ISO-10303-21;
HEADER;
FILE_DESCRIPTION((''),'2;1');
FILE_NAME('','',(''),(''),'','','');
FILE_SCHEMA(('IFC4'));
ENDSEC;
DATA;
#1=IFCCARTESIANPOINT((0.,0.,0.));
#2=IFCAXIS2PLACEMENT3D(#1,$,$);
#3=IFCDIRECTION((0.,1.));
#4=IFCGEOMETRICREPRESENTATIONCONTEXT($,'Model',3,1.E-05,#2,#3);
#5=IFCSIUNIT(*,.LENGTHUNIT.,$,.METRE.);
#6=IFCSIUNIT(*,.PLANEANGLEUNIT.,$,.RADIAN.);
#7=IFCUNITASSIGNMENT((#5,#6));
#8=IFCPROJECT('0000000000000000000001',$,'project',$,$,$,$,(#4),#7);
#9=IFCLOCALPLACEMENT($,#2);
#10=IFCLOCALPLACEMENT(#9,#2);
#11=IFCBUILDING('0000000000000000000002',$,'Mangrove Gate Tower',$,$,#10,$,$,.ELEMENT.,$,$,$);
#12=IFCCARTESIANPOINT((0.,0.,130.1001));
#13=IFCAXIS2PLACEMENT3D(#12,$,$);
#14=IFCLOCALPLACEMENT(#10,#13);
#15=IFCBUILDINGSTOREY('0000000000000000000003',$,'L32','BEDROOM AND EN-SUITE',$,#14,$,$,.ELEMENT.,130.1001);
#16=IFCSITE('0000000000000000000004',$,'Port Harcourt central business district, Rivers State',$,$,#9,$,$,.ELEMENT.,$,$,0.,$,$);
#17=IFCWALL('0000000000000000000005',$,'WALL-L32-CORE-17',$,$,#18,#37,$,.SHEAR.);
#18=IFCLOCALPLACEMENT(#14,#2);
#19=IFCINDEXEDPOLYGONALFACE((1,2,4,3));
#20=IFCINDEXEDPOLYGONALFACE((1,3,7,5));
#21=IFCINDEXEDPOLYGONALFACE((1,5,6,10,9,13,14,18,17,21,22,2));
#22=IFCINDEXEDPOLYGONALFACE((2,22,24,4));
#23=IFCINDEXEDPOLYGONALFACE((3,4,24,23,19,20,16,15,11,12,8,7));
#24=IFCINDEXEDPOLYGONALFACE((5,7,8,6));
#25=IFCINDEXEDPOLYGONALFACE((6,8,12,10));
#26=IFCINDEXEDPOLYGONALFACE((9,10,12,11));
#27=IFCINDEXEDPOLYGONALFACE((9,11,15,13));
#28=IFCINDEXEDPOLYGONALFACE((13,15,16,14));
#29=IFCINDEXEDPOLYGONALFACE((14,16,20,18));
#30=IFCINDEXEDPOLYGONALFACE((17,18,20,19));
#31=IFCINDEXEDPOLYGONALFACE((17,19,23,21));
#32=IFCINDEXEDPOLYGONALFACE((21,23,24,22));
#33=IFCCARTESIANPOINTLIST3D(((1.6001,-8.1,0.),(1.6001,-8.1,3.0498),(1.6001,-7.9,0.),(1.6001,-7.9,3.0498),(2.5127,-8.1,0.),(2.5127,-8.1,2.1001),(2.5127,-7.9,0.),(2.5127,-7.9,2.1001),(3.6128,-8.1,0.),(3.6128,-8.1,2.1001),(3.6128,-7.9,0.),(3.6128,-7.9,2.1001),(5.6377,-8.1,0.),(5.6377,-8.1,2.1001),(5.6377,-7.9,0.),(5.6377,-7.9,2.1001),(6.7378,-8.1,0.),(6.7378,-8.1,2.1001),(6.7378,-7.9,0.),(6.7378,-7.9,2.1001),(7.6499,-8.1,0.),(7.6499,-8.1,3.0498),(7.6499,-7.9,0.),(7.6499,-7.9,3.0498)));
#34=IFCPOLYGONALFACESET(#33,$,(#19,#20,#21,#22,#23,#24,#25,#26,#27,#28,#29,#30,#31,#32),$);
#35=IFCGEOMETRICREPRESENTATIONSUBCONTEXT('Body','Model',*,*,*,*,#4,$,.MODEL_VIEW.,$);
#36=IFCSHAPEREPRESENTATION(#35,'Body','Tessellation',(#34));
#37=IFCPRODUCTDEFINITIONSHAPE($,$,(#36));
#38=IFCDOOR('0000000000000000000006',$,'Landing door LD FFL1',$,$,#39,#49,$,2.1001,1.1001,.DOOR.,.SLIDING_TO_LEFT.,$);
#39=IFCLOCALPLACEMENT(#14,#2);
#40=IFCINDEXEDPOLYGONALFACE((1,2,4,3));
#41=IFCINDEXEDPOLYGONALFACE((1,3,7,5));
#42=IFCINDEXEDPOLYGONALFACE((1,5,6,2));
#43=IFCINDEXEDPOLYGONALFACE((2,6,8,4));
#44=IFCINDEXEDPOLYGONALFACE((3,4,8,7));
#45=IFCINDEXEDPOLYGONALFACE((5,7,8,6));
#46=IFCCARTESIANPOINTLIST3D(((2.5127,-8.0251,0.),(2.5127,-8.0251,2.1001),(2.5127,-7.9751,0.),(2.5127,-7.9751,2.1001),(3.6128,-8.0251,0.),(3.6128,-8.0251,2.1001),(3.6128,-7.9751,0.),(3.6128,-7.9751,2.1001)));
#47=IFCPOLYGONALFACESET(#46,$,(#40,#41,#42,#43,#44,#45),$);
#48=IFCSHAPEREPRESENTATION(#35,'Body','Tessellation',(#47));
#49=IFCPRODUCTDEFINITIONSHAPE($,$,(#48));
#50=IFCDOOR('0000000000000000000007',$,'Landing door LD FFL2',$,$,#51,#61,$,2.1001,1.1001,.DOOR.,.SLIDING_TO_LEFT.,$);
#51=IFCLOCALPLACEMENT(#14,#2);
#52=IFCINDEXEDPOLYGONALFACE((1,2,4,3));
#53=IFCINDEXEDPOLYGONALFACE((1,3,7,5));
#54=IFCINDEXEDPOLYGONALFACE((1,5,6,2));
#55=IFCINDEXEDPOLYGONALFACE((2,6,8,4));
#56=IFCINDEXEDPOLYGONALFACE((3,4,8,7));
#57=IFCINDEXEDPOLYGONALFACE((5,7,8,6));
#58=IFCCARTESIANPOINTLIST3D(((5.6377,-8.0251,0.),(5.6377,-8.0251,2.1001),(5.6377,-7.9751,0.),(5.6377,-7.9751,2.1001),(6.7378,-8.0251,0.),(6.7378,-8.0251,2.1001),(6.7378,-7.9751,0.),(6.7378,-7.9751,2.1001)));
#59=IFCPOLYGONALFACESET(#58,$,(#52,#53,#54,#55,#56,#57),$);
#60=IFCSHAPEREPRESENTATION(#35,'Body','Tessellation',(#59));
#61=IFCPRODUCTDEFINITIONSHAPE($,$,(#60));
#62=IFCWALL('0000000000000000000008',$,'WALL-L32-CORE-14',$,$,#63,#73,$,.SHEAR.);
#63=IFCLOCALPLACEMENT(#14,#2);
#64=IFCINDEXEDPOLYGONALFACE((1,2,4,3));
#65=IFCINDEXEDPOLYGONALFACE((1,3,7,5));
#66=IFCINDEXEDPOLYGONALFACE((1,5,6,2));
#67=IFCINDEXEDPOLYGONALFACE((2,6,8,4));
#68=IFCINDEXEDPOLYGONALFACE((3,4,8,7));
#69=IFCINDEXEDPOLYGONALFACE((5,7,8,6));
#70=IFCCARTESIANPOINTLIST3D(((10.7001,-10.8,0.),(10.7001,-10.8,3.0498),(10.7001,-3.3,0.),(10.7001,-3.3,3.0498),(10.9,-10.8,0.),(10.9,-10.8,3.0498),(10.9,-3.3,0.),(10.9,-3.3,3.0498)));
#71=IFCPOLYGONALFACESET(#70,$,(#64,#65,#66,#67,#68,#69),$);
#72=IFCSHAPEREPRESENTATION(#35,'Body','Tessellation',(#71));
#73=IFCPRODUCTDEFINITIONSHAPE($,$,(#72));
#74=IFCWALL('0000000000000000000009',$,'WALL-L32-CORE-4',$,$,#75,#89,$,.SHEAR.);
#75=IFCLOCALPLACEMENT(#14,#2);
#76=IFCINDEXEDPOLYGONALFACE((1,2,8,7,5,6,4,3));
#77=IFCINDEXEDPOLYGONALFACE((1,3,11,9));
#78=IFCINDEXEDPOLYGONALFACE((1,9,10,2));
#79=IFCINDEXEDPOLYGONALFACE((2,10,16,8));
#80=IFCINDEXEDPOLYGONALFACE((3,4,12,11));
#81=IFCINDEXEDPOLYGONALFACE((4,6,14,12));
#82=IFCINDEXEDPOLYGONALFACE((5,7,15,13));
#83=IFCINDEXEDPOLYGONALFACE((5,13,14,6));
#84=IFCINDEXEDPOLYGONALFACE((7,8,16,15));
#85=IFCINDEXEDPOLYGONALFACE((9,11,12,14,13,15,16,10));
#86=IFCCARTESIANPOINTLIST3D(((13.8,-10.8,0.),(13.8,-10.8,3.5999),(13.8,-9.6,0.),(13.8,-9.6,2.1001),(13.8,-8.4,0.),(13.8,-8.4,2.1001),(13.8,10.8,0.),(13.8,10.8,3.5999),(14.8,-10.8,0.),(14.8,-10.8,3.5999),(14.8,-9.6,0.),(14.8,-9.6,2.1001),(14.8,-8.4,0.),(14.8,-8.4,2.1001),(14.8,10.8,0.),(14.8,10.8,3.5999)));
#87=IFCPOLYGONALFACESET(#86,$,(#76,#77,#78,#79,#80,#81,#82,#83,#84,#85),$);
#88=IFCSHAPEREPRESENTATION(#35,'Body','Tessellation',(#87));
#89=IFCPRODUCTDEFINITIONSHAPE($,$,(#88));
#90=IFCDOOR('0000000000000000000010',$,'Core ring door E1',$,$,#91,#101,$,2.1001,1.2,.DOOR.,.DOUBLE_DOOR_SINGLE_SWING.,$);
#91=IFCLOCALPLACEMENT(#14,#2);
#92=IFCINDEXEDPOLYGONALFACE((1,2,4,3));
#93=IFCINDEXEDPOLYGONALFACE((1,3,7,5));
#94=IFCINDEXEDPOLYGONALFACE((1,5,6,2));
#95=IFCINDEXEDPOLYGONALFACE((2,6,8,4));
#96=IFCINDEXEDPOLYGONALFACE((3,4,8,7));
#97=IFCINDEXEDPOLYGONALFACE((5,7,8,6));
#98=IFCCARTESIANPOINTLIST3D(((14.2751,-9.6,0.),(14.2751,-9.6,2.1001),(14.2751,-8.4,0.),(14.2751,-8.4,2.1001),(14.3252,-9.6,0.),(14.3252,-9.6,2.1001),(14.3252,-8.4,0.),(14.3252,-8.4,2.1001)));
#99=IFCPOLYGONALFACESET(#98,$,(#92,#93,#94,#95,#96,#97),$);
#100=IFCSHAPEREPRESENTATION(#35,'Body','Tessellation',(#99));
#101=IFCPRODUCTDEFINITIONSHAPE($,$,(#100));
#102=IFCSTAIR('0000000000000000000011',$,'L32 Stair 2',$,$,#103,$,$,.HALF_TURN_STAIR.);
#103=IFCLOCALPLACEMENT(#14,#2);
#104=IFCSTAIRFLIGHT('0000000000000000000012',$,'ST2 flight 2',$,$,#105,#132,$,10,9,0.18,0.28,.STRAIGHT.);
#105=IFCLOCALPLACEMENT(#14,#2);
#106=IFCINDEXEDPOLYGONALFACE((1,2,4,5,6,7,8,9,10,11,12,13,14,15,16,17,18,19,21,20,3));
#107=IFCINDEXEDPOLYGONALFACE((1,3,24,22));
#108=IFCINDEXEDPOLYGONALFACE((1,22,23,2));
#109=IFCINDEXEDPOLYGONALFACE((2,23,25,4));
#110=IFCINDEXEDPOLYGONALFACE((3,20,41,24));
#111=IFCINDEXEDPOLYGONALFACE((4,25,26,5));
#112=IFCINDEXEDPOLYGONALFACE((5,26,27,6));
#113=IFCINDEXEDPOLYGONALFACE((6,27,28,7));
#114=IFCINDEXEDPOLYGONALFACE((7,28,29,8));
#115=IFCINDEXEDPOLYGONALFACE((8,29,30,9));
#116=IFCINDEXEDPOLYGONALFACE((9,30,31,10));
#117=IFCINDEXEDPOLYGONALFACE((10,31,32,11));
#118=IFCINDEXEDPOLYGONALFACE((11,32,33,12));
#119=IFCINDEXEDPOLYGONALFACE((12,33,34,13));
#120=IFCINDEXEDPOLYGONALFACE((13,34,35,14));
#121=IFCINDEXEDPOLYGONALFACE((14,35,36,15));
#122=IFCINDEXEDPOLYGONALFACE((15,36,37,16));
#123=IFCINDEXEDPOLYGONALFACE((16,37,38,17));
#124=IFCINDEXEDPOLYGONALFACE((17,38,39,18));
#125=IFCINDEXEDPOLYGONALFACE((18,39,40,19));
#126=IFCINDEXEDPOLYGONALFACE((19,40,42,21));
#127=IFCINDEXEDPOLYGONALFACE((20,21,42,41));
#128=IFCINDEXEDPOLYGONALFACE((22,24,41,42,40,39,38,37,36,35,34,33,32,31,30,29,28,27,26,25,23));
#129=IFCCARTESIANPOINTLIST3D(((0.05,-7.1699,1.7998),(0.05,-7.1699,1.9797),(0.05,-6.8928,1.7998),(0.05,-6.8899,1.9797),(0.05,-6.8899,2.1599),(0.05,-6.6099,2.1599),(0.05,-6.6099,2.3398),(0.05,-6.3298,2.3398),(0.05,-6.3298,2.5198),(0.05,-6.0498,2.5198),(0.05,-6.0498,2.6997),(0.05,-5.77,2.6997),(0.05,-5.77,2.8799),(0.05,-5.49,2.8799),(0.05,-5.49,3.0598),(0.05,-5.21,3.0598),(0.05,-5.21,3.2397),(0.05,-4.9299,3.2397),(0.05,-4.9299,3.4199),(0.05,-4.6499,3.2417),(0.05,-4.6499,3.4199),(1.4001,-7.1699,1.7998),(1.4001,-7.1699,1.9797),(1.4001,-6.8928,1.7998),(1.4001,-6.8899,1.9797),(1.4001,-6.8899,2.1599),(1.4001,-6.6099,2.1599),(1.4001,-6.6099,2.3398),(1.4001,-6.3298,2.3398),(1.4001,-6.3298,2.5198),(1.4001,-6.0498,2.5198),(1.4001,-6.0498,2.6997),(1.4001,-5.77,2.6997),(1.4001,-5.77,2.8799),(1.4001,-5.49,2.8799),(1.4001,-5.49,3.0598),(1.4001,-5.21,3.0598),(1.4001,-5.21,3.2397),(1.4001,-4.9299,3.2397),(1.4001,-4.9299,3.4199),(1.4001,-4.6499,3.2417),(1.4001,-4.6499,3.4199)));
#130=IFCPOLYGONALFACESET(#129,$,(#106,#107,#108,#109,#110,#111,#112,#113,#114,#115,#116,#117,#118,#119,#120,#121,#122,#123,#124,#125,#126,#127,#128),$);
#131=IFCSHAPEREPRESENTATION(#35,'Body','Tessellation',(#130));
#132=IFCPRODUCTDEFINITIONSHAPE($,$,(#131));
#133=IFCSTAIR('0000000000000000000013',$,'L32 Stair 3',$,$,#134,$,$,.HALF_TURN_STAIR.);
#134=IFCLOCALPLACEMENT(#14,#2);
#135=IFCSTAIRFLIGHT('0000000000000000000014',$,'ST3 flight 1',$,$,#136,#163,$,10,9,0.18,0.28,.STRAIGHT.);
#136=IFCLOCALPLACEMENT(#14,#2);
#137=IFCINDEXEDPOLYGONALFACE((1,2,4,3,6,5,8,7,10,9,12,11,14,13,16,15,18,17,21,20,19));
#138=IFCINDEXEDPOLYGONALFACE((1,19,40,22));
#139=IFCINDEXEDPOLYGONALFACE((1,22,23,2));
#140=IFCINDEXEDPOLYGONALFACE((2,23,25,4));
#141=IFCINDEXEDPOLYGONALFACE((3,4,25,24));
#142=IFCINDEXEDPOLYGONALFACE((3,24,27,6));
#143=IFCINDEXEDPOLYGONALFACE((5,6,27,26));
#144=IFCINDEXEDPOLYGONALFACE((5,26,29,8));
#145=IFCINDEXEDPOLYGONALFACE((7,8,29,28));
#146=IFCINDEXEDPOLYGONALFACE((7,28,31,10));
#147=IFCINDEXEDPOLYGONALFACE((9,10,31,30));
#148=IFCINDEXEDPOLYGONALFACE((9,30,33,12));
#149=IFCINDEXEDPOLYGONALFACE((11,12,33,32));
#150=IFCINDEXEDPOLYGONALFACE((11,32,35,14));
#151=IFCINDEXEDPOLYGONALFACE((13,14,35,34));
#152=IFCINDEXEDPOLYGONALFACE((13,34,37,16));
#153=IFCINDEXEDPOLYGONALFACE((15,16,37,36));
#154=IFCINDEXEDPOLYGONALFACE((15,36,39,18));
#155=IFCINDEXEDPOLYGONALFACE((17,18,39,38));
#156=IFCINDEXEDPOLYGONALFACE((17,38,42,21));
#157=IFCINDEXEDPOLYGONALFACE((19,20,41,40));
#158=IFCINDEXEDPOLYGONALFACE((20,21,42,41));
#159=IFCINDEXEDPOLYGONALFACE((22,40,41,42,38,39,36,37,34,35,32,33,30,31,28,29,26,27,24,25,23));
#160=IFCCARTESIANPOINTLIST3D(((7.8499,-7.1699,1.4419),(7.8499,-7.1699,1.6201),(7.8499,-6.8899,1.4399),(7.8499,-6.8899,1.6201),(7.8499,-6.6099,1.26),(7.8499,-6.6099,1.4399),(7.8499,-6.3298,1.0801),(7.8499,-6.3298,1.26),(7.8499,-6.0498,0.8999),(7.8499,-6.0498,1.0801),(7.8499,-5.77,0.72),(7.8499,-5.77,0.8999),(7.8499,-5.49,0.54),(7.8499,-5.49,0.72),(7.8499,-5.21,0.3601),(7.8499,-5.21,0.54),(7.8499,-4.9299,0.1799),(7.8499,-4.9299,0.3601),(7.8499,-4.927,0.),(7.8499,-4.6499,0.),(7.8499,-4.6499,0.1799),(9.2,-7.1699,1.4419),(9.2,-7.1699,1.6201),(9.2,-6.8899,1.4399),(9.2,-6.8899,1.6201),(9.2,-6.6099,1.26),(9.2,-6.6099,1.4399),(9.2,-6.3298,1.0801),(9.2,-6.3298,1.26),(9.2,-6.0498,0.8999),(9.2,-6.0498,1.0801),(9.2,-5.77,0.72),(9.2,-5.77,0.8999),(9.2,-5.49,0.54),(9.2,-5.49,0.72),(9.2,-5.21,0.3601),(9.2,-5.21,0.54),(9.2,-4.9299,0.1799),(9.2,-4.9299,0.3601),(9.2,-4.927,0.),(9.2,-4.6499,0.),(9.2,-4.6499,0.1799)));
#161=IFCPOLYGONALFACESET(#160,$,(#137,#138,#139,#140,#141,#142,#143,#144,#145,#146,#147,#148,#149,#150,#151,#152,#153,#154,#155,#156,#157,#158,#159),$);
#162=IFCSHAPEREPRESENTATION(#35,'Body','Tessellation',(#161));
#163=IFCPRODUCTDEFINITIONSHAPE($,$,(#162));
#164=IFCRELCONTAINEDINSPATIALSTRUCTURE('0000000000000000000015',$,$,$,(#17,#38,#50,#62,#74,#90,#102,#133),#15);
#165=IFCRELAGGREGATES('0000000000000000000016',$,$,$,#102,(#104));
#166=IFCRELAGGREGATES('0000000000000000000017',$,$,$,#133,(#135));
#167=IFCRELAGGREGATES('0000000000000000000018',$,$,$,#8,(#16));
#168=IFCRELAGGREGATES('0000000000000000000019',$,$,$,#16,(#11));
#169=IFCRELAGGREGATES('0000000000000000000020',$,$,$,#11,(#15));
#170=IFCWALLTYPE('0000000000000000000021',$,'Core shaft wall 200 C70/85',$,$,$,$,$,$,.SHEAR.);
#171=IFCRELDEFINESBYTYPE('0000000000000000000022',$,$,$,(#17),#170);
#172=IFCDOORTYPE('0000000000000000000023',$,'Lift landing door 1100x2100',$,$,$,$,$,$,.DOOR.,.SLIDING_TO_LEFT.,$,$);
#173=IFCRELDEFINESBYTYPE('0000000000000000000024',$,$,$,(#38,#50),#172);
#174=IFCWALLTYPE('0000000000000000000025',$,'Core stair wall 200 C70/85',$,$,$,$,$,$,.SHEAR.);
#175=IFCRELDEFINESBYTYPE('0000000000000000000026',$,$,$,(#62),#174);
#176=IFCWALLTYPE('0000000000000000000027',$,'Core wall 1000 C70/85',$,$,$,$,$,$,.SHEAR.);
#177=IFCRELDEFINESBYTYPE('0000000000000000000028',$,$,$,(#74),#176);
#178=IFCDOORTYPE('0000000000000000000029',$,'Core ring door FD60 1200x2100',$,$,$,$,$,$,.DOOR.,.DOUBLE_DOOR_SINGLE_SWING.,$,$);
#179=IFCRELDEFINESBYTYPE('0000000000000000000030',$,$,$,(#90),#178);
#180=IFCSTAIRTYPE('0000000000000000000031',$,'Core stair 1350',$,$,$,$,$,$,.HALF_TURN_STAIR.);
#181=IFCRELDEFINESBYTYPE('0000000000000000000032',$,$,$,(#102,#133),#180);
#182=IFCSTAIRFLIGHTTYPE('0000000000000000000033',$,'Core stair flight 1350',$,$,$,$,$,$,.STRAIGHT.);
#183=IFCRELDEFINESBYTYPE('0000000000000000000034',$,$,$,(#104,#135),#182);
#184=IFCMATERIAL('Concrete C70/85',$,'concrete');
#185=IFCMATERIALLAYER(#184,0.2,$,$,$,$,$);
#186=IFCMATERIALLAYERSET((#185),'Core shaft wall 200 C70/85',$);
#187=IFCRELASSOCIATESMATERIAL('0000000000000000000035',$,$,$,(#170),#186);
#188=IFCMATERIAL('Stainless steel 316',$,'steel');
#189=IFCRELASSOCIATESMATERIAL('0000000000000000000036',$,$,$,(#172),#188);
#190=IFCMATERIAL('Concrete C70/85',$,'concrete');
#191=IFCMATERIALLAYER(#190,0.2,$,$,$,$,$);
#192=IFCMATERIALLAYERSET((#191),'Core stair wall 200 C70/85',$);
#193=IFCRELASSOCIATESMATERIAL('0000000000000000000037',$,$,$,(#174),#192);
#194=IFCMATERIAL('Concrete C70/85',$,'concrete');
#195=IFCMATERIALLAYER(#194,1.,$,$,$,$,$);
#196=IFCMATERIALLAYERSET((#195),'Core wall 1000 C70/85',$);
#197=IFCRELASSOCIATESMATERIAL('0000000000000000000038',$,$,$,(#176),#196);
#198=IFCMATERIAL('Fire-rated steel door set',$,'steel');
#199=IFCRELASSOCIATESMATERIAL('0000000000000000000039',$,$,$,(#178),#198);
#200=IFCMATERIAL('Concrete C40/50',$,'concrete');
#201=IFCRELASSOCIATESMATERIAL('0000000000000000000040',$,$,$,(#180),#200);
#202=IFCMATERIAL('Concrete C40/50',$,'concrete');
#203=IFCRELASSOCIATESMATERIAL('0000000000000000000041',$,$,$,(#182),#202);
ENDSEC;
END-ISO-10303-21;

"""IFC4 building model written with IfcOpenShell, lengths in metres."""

from ifc_helpers import new_model, si_unit, direction, frame, frame_2d, origin, place, context, subcontext, project, spatial, polyline, rectangle, outline, extrude, material, layer, layer_set, type_object, element, fill, aggregate, save


model = new_model("IFC4")

# Units and contexts
model_context = context("Model", 3, precision=1e-05, world=origin(), true_north=direction((0.0, 1.0)))
body_context = subcontext(model_context, "Body", "Model", "MODEL_VIEW")
ifc_project = project(units=[si_unit("LENGTHUNIT", "METRE"), si_unit("PLANEANGLEUNIT", "RADIAN")], contexts=[model_context])

# Site, building, storey
site_placement = place(None, origin())
site = spatial("IfcSite", under=ifc_project, at=site_placement, Name="Port Harcourt central business district, Rivers State", CompositionType="ELEMENT", RefElevation=0.0)
building_placement = place(site_placement, origin())
building = spatial("IfcBuilding", under=site, at=building_placement, Name="Mangrove Gate Tower", CompositionType="ELEMENT")
storey_placement = place(building_placement, frame((0.0, 0.0, 130.1001)))
storey = spatial("IfcBuildingStorey", under=building, at=storey_placement, Name="L32", Description="BEDROOM AND EN-SUITE", CompositionType="ELEMENT", Elevation=130.1001)

# Wall, openings, doors
ifc_material_1 = material(Name="Concrete C70/85", Category="concrete")
ifc_layer_1 = layer(ifc_material_1, 0.2)
ifc_layer_set_1 = layer_set([ifc_layer_1], Name="Core shaft wall 200 C70/85")
wall_type_1 = type_object("IfcWallType", Name="Core shaft wall 200 C70/85", PredefinedType="SHEAR", material=ifc_layer_set_1)
wall_1_placement = place(storey_placement, frame((1.6001, -8.0, 0.0), z_axis=(0.0, 0.0, 1.0), x_axis=(1.0, 0.0, 0.0)))
wall_1 = element("IfcWall", 1, at=wall_1_placement, inside=storey, type_object=wall_type_1, Name="WALL-L32-CORE-17", PredefinedType="SHEAR", context=body_context, shape_type="SweptSolid", body=[
    extrude(rectangle(XDim=6.0498, YDim=0.2, at=frame_2d((3.0249, 0.0))), origin(), (0.0, 0.0, 1.0), 3.0498),
])
opening_1_placement = place(wall_1_placement, frame((0.9126, 0.0, 0.0)))
opening_1 = element("IfcOpeningElement", 2, at=opening_1_placement, cuts=wall_1, PredefinedType="OPENING", context=body_context, shape_type="SweptSolid", body=[
    extrude(rectangle(XDim=1.1001, YDim=2.1001, at=frame_2d((0.55, 1.05))), frame((0.0, 0.1099, 0.0), z_axis=(0.0, -1.0, 0.0), x_axis=(1.0, 0.0, 0.0)), (0.0, 0.0, 1.0), 0.22),
])
opening_2_placement = place(wall_1_placement, frame((4.0376, 0.0, 0.0)))
opening_2 = element("IfcOpeningElement", 3, at=opening_2_placement, cuts=wall_1, PredefinedType="OPENING", context=body_context, shape_type="SweptSolid", body=[
    extrude(rectangle(XDim=1.1001, YDim=2.1001, at=frame_2d((0.55, 1.05))), frame((0.0, 0.1099, 0.0), z_axis=(0.0, -1.0, 0.0), x_axis=(1.0, 0.0, 0.0)), (0.0, 0.0, 1.0), 0.22),
])
ifc_material_2 = material(Name="Stainless steel 316", Category="steel")
door_type_1 = type_object("IfcDoorType", Name="Lift landing door 1100x2100", OperationType="SLIDING_TO_LEFT", PredefinedType="DOOR", material=ifc_material_2)
door_1_placement = place(opening_1_placement, origin())
door_1 = element("IfcDoor", 4, at=door_1_placement, inside=storey, type_object=door_type_1, Name="Landing door LD FFL1", OperationType="SLIDING_TO_LEFT", OverallHeight=2.1001, OverallWidth=1.1001, PredefinedType="DOOR", context=body_context, shape_type="SweptSolid", body=[
    extrude(rectangle(XDim=1.1001, YDim=2.1001, at=frame_2d((0.55, 1.05))), frame((0.0, 0.0249, 0.0), z_axis=(0.0, -1.0, 0.0), x_axis=(1.0, 0.0, 0.0)), (0.0, 0.0, 1.0), 0.05),
])
fill(opening_1, door_1)
door_2_placement = place(opening_2_placement, origin())
door_2 = element("IfcDoor", 5, at=door_2_placement, inside=storey, type_object=door_type_1, Name="Landing door LD FFL2", OperationType="SLIDING_TO_LEFT", OverallHeight=2.1001, OverallWidth=1.1001, PredefinedType="DOOR", context=body_context, shape_type="SweptSolid", body=[
    extrude(rectangle(XDim=1.1001, YDim=2.1001, at=frame_2d((0.55, 1.05))), frame((0.0, 0.0249, 0.0), z_axis=(0.0, -1.0, 0.0), x_axis=(1.0, 0.0, 0.0)), (0.0, 0.0, 1.0), 0.05),
])
fill(opening_2, door_2)

# Wall
ifc_material_3 = material(Name="Concrete C70/85", Category="concrete")
ifc_layer_2 = layer(ifc_material_3, 0.2)
ifc_layer_set_2 = layer_set([ifc_layer_2], Name="Core stair wall 200 C70/85")
wall_type_2 = type_object("IfcWallType", Name="Core stair wall 200 C70/85", PredefinedType="SHEAR", material=ifc_layer_set_2)
wall_2_placement = place(storey_placement, frame((10.8, -10.8, 0.0), z_axis=(0.0, 0.0, 1.0), x_axis=(0.0, 1.0, 0.0)))
element("IfcWall", 6, at=wall_2_placement, inside=storey, type_object=wall_type_2, Name="WALL-L32-CORE-14", PredefinedType="SHEAR", context=body_context, shape_type="SweptSolid", body=[
    extrude(rectangle(XDim=7.5, YDim=0.2, at=frame_2d((3.75, 0.0))), origin(), (0.0, 0.0, 1.0), 3.0498),
])

# Wall, opening, door
ifc_material_4 = material(Name="Concrete C70/85", Category="concrete")
ifc_layer_3 = layer(ifc_material_4, 1.0)
ifc_layer_set_3 = layer_set([ifc_layer_3], Name="Core wall 1000 C70/85")
wall_type_3 = type_object("IfcWallType", Name="Core wall 1000 C70/85", PredefinedType="SHEAR", material=ifc_layer_set_3)
wall_3_placement = place(storey_placement, frame((14.3, -10.8, 0.0), z_axis=(0.0, 0.0, 1.0), x_axis=(0.0, 1.0, 0.0)))
wall_3 = element("IfcWall", 7, at=wall_3_placement, inside=storey, type_object=wall_type_3, Name="WALL-L32-CORE-4", PredefinedType="SHEAR", context=body_context, shape_type="SweptSolid", body=[
    extrude(rectangle(XDim=21.6001, YDim=1.0, at=frame_2d((10.8, 0.0))), origin(), (0.0, 0.0, 1.0), 3.5999),
])
opening_3_placement = place(wall_3_placement, frame((1.2, 0.0, 0.0)))
opening_3 = element("IfcOpeningElement", 8, at=opening_3_placement, cuts=wall_3, PredefinedType="OPENING", context=body_context, shape_type="SweptSolid", body=[
    extrude(rectangle(XDim=1.2, YDim=2.1001, at=frame_2d((0.6001, 1.05))), frame((0.0, 0.51, 0.0), z_axis=(0.0, -1.0, 0.0), x_axis=(1.0, 0.0, 0.0)), (0.0, 0.0, 1.0), 1.02),
])
ifc_material_5 = material(Name="Fire-rated steel door set", Category="steel")
door_type_2 = type_object("IfcDoorType", Name="Core ring door FD60 1200x2100", OperationType="DOUBLE_DOOR_SINGLE_SWING", PredefinedType="DOOR", material=ifc_material_5)
door_3_placement = place(opening_3_placement, origin())
door_3 = element("IfcDoor", 9, at=door_3_placement, inside=storey, type_object=door_type_2, Name="Core ring door E1", OperationType="DOUBLE_DOOR_SINGLE_SWING", OverallHeight=2.1001, OverallWidth=1.2, PredefinedType="DOOR", context=body_context, shape_type="SweptSolid", body=[
    extrude(rectangle(XDim=1.2, YDim=2.1001, at=frame_2d((0.6001, 1.05))), frame((0.0, 0.0249, 0.0), z_axis=(0.0, -1.0, 0.0), x_axis=(1.0, 0.0, 0.0)), (0.0, 0.0, 1.0), 0.05),
])
fill(opening_3, door_3)

# Stair, stair flight
ifc_material_6 = material(Name="Concrete C40/50", Category="concrete")
stair_type = type_object("IfcStairType", Name="Core stair 1350", PredefinedType="HALF_TURN_STAIR", material=ifc_material_6)
stair_1_placement = place(storey_placement, origin())
stair_1 = element("IfcStair", 10, at=stair_1_placement, inside=storey, type_object=stair_type, Name="L32 Stair 2", PredefinedType="HALF_TURN_STAIR")
ifc_material_7 = material(Name="Concrete C40/50", Category="concrete")
stair_flight_type = type_object("IfcStairFlightType", Name="Core stair flight 1350", PredefinedType="STRAIGHT", material=ifc_material_7)
stair_flight_1_placement = place(storey_placement, frame((0.7251, -7.1699, 1.7998), z_axis=(0.0, 0.0, 1.0), x_axis=(0.0, 1.0, 0.0)))
stair_flight_1 = element("IfcStairFlight", 11, at=stair_flight_1_placement, type_object=stair_flight_type, Name="ST2 flight 2", NumberOfRisers=10, NumberOfTreads=9, PredefinedType="STRAIGHT", RiserHeight=0.18, TreadLength=0.28, context=body_context, shape_type="SweptSolid", body=[
    extrude(outline(polyline([(0.0, 0.0), (0.0, 0.1799), (0.28, 0.1799), (0.28, 0.3601), (0.5601, 0.3601), (0.5601, 0.54), (0.8401, 0.54), (0.8401, 0.72), (1.1201, 0.72), (1.1201, 0.8999), (1.3999, 0.8999), (1.3999, 1.0801), (1.6799, 1.0801), (1.6799, 1.26), (1.96, 1.26), (1.96, 1.4399), (2.24, 1.4399), (2.24, 1.6201), (2.52, 1.6201), (2.52, 1.8), (2.52, 1.4419), (0.2771, 0.0), (0.0, 0.0)])), frame((0.0, 0.675, 0.0), z_axis=(0.0, -1.0, 0.0), x_axis=(1.0, 0.0, 0.0)), (0.0, 0.0, 1.0), 1.3501),
])
aggregate(stair_1, [stair_flight_1])

# Stair, stair flight
stair_2_placement = place(storey_placement, origin())
stair_2 = element("IfcStair", 12, at=stair_2_placement, inside=storey, type_object=stair_type, Name="L32 Stair 3", PredefinedType="HALF_TURN_STAIR")
stair_flight_2_placement = place(storey_placement, frame((8.5249, -4.6499, 0.0), z_axis=(0.0, 0.0, 1.0), x_axis=(0.0, -1.0, 0.0)))
stair_flight_2 = element("IfcStairFlight", 13, at=stair_flight_2_placement, type_object=stair_flight_type, Name="ST3 flight 1", NumberOfRisers=10, NumberOfTreads=9, PredefinedType="STRAIGHT", RiserHeight=0.18, TreadLength=0.28, context=body_context, shape_type="SweptSolid", body=[
    extrude(outline(polyline([(0.0, 0.0), (0.0, 0.1799), (0.28, 0.1799), (0.28, 0.3601), (0.5601, 0.3601), (0.5601, 0.54), (0.8401, 0.54), (0.8401, 0.72), (1.1201, 0.72), (1.1201, 0.8999), (1.3999, 0.8999), (1.3999, 1.0801), (1.6799, 1.0801), (1.6799, 1.26), (1.96, 1.26), (1.96, 1.4399), (2.24, 1.4399), (2.24, 1.6201), (2.52, 1.6201), (2.52, 1.8), (2.52, 1.4419), (0.2771, 0.0), (0.0, 0.0)])), frame((0.0, 0.675, 0.0), z_axis=(0.0, -1.0, 0.0), x_axis=(1.0, 0.0, 0.0)), (0.0, 0.0, 1.0), 1.3501),
])
aggregate(stair_2, [stair_flight_2])

save(model, "model.ifc")
